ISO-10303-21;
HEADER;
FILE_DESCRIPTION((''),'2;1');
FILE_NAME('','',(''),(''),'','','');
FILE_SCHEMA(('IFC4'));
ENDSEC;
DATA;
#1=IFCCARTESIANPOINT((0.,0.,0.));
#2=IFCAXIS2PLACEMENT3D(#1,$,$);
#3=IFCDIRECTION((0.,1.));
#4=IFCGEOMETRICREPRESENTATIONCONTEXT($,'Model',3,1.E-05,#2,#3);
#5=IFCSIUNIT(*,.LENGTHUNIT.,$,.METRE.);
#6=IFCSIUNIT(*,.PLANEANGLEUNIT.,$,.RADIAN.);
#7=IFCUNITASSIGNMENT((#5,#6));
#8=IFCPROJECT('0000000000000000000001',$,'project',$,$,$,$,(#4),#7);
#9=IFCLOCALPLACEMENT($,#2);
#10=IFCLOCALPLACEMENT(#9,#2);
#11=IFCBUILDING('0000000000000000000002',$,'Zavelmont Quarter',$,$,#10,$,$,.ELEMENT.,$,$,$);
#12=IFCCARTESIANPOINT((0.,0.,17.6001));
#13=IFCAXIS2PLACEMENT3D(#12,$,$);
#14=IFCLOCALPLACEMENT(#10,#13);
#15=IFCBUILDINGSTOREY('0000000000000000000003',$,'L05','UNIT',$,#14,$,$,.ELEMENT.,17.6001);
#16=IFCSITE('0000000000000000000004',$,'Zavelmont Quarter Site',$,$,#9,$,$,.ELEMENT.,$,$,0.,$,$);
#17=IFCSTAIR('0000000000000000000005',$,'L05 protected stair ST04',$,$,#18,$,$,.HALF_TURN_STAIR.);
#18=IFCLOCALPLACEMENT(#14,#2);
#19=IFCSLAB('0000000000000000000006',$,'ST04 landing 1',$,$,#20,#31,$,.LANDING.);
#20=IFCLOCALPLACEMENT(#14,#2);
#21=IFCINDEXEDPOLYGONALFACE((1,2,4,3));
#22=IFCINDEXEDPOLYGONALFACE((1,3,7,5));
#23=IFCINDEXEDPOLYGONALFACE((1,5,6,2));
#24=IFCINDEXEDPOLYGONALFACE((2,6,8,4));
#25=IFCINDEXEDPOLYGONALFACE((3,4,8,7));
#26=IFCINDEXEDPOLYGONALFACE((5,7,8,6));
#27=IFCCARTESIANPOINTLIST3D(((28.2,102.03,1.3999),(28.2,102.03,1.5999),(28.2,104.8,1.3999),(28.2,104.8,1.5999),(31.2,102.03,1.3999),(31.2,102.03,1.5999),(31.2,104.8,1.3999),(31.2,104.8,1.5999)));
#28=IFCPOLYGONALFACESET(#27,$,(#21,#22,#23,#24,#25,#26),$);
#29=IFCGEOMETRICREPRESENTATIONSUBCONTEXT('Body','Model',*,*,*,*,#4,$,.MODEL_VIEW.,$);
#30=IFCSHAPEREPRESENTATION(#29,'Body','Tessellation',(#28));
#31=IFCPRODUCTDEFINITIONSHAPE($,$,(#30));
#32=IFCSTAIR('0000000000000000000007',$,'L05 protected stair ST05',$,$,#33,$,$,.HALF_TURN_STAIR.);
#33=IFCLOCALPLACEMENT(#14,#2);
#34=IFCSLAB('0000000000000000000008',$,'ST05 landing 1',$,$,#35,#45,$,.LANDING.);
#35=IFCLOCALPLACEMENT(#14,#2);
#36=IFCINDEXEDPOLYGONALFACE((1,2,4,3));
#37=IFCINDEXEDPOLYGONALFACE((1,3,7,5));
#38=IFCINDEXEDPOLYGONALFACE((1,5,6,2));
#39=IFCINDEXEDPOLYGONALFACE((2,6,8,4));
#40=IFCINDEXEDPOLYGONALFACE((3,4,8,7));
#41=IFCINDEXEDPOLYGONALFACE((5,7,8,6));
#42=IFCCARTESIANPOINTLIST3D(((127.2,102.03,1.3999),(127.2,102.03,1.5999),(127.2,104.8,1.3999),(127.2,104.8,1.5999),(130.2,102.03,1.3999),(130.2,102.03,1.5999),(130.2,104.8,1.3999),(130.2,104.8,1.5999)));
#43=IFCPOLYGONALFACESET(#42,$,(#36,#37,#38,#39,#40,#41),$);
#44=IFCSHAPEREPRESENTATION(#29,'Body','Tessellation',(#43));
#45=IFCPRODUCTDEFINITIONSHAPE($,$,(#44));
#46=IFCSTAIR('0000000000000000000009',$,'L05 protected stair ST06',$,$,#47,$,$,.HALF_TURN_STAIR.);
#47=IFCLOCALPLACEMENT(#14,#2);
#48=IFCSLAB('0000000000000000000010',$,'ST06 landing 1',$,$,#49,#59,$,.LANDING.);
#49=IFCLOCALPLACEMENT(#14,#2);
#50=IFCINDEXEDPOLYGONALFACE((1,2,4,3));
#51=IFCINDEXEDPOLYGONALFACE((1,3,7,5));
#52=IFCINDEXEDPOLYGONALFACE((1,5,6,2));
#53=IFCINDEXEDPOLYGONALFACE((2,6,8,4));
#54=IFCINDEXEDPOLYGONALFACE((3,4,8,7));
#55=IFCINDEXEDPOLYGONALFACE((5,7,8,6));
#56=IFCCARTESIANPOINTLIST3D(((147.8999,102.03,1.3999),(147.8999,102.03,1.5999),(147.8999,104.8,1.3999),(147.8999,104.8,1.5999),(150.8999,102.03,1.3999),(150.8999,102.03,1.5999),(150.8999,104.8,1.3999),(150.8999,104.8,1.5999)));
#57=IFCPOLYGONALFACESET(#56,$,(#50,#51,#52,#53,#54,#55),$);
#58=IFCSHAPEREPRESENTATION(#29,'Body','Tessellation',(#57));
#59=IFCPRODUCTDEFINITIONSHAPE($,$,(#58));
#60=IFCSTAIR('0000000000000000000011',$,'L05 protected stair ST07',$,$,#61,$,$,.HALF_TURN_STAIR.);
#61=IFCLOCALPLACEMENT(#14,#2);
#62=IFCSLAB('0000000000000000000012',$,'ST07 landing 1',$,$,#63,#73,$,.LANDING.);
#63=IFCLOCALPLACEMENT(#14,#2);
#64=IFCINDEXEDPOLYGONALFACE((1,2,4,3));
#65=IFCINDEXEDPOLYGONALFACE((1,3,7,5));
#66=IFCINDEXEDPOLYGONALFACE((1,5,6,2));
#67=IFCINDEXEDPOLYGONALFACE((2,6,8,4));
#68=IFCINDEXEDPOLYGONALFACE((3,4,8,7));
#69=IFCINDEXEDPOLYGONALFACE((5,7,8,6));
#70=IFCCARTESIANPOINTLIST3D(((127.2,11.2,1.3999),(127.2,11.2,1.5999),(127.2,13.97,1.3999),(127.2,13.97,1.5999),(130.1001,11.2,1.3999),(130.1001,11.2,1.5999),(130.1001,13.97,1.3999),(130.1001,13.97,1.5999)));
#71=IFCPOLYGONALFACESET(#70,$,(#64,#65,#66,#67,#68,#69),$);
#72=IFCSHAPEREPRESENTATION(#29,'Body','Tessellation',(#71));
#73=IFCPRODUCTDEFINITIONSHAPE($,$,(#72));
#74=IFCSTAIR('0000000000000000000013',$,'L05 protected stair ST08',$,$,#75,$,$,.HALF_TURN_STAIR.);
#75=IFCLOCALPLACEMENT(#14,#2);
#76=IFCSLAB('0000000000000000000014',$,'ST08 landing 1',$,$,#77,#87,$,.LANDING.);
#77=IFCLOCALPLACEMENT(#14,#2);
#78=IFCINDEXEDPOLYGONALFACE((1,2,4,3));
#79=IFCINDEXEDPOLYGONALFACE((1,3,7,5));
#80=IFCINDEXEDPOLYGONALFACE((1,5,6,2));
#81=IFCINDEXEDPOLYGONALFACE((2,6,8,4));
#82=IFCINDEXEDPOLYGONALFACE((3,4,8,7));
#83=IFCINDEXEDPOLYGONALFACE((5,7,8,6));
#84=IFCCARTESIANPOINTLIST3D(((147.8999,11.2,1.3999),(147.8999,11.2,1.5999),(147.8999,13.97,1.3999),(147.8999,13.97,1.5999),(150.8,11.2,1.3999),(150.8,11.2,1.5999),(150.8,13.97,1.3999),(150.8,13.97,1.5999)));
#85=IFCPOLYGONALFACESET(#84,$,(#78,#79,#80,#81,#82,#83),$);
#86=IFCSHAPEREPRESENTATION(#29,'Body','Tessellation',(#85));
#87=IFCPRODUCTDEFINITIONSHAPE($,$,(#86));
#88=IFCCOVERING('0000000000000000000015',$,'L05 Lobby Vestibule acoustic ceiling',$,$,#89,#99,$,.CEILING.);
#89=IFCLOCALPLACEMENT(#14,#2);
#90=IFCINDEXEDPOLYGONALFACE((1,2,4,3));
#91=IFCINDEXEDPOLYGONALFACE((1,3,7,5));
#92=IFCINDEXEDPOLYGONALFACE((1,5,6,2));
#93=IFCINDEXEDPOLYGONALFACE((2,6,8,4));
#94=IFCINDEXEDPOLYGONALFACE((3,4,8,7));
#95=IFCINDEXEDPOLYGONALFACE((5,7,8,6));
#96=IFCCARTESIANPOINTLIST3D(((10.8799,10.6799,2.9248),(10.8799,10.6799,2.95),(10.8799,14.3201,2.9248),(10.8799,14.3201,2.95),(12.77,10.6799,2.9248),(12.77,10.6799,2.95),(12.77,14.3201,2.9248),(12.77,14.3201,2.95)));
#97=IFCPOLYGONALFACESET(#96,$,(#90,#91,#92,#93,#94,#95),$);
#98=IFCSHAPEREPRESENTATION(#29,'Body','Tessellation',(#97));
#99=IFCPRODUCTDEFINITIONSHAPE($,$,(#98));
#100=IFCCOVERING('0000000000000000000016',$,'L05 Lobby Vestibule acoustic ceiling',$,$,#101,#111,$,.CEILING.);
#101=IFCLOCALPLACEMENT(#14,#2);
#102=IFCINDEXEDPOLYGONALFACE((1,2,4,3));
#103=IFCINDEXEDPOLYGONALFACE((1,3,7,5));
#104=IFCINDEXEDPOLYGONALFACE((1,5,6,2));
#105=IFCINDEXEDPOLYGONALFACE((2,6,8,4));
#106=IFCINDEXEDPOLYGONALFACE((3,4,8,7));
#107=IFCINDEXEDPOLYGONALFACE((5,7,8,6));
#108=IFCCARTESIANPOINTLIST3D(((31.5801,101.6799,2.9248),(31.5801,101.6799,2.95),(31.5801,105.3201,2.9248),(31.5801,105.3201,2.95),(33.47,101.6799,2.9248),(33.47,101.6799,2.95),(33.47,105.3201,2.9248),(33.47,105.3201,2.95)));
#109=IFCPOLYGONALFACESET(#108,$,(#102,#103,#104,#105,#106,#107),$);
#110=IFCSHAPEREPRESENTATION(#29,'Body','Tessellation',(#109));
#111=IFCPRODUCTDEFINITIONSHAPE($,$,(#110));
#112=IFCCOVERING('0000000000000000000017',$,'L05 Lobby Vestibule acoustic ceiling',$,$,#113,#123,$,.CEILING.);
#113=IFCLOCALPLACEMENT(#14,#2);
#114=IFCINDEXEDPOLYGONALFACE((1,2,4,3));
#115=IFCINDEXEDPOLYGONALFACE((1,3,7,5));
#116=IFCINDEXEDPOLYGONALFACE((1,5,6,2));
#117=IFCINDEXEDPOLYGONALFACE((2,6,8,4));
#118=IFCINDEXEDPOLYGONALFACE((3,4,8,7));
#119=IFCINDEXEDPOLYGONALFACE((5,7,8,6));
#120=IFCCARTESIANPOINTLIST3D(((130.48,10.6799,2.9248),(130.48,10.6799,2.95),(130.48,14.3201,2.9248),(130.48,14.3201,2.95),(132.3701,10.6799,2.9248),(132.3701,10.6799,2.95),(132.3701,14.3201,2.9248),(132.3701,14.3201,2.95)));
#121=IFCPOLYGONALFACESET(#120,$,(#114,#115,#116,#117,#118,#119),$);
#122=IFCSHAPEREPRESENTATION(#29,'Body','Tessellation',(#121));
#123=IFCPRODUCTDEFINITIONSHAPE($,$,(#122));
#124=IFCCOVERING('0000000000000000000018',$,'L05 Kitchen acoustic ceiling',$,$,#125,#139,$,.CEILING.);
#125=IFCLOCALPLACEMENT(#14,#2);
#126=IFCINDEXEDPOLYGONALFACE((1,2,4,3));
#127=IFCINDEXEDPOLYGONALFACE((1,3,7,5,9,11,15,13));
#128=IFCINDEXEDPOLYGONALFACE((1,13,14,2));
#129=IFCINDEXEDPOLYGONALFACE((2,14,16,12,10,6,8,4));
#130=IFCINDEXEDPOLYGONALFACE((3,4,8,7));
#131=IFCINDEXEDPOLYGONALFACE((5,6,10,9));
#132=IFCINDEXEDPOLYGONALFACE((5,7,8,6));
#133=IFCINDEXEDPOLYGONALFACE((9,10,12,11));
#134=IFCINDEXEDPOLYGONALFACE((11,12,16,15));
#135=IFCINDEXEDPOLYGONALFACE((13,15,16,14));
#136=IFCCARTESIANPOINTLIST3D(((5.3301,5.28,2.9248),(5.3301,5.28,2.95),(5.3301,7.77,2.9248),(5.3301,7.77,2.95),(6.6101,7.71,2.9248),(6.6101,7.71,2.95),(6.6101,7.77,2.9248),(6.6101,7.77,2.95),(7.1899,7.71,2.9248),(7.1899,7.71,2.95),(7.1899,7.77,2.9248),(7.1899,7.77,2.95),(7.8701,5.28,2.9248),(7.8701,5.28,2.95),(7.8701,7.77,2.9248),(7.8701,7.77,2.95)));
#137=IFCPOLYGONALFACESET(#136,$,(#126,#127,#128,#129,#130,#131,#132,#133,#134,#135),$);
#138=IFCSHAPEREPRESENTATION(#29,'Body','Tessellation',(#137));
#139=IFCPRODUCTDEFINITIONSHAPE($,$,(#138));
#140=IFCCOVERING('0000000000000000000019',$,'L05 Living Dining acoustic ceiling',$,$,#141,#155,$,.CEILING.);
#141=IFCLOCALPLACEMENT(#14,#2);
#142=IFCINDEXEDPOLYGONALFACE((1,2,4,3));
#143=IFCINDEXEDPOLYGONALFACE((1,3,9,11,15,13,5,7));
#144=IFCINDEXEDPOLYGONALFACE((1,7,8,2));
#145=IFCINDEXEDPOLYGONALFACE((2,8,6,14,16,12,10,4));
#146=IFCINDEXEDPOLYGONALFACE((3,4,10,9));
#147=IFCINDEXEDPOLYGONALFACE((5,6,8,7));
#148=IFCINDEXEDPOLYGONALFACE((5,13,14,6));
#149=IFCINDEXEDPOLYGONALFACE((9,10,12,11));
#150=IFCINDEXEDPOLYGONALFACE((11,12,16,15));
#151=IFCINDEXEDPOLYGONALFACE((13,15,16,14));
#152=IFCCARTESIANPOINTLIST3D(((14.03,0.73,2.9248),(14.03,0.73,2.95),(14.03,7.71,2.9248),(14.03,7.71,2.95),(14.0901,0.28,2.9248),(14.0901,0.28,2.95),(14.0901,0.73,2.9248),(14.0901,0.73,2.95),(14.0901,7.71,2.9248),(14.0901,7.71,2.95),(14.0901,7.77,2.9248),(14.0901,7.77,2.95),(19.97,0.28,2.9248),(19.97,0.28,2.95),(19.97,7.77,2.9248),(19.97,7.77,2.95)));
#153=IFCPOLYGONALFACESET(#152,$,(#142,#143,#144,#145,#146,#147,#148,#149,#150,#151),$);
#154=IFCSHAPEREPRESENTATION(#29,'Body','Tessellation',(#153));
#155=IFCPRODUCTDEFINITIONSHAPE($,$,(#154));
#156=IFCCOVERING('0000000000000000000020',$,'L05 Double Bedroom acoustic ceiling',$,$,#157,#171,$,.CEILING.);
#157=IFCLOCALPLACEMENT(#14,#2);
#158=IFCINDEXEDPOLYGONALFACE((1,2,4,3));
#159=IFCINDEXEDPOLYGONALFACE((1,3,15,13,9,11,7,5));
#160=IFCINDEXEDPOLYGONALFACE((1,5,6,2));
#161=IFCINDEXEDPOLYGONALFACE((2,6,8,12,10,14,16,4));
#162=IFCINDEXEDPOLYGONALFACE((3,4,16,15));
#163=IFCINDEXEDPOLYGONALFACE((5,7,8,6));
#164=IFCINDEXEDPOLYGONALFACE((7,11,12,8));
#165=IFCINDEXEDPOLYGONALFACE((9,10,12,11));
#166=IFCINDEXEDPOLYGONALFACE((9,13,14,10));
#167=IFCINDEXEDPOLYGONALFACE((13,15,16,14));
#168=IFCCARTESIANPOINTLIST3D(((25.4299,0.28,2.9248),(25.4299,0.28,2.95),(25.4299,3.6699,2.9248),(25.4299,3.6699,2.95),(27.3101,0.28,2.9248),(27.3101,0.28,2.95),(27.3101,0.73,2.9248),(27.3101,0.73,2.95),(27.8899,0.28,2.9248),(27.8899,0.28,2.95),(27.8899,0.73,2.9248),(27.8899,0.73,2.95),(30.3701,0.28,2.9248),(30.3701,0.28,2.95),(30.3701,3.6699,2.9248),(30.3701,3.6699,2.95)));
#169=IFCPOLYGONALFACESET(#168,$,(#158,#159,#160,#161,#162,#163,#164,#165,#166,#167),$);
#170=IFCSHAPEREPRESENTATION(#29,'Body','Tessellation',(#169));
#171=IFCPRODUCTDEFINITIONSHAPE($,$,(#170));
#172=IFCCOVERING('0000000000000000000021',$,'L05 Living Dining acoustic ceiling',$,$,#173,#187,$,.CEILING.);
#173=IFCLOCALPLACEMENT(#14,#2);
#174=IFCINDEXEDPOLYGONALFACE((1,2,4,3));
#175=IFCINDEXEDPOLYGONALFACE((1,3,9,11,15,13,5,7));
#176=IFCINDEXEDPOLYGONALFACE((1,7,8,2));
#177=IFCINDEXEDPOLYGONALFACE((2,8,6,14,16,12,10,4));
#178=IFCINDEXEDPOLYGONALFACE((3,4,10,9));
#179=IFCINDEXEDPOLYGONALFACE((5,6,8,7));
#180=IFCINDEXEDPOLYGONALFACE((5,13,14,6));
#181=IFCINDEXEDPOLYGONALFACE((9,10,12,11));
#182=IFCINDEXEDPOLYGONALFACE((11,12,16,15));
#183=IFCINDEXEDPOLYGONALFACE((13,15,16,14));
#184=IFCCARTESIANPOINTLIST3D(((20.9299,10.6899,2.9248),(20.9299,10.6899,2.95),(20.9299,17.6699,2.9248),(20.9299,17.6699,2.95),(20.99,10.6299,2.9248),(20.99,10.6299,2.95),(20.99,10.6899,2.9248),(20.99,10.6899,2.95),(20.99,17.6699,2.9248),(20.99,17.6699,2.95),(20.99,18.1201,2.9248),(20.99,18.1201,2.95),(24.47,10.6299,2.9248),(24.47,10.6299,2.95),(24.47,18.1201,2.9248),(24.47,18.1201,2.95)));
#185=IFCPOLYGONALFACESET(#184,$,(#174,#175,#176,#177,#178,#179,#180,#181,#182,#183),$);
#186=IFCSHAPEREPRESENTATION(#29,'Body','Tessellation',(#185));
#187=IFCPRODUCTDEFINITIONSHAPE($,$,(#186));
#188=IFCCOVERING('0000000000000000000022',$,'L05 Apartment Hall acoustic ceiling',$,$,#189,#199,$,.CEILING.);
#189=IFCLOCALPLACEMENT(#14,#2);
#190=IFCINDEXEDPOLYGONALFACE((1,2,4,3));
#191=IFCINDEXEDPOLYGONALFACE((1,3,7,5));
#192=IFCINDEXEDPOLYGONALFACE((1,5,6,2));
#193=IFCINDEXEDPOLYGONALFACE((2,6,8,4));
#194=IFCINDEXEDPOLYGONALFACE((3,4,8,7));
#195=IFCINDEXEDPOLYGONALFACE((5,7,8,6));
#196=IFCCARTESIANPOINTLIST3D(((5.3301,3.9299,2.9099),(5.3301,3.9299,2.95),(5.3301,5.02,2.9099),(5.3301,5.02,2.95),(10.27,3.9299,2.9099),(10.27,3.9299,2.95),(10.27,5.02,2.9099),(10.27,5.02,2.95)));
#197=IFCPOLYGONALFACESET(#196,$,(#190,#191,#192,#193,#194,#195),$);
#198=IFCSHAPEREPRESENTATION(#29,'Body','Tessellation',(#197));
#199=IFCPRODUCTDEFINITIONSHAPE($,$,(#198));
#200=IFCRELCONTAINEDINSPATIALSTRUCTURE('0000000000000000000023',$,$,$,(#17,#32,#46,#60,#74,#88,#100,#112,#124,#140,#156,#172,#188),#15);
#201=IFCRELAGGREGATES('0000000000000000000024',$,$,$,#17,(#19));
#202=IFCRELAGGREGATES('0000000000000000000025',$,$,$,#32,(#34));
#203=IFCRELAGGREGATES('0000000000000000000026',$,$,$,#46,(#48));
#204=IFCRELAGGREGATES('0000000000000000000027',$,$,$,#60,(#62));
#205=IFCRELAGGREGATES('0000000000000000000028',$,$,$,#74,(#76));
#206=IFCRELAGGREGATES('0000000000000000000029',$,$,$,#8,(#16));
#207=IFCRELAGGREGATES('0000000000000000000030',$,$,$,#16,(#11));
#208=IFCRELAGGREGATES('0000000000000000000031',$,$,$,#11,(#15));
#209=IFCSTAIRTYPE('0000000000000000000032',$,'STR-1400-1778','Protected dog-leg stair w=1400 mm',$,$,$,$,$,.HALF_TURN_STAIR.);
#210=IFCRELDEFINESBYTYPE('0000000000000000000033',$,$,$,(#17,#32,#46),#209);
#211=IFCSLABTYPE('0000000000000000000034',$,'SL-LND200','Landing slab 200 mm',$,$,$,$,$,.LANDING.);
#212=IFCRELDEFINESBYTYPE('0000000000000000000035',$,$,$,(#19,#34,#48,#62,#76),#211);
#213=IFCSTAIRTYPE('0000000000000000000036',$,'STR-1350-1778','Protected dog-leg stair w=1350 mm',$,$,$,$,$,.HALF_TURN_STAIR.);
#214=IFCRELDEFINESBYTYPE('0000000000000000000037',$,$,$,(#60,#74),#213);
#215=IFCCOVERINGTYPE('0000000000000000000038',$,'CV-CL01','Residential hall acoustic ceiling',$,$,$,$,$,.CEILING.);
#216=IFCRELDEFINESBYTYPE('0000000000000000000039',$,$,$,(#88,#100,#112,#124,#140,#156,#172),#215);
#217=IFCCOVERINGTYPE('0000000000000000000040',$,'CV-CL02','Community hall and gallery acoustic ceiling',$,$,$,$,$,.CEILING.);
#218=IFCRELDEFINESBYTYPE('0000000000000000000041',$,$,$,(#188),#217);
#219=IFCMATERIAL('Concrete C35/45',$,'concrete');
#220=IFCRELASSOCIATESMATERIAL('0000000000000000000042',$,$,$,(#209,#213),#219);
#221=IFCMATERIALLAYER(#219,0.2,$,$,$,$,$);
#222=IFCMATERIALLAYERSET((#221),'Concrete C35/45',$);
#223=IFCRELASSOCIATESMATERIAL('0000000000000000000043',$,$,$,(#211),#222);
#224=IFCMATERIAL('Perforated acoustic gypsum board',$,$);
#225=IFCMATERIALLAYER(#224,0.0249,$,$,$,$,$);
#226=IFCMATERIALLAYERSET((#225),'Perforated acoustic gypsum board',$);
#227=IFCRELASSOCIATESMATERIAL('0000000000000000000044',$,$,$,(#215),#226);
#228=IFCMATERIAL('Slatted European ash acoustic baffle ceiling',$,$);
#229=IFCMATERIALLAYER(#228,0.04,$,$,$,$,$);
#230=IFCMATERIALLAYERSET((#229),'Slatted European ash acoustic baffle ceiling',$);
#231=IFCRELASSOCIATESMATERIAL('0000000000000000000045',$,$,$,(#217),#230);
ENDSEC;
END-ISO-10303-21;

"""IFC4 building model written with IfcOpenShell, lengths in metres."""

from ifc_helpers import new_model, si_unit, direction, frame, origin, place, context, subcontext, project, spatial, polyline, outline, extrude, material, layer, layer_set, type_object, element, aggregate, save


model = new_model("IFC4")

# Units and contexts
model_context = context("Model", 3, precision=1e-05, world=origin(), true_north=direction((0.0, 1.0)))
body_context = subcontext(model_context, "Body", "Model", "MODEL_VIEW")
ifc_project = project(units=[si_unit("LENGTHUNIT", "METRE"), si_unit("PLANEANGLEUNIT", "RADIAN")], contexts=[model_context])

# Site, building, storey
site_placement = place(None, origin())
site = spatial("IfcSite", under=ifc_project, at=site_placement, Name="Zavelmont Quarter Site", CompositionType="ELEMENT", RefElevation=0.0)
building_placement = place(site_placement, origin())
building = spatial("IfcBuilding", under=site, at=building_placement, Name="Zavelmont Quarter", CompositionType="ELEMENT")
storey_placement = place(building_placement, frame((0.0, 0.0, 17.6001)))
storey = spatial("IfcBuildingStorey", under=building, at=storey_placement, Name="L05", Description="UNIT", CompositionType="ELEMENT", Elevation=17.6001)

# Stairs, slabs
ifc_material_1 = material(Name="Concrete C35/45", Category="concrete")
stair_type_1 = type_object("IfcStairType", Name="STR-1400-1778", Description="Protected dog-leg stair w=1400 mm", PredefinedType="HALF_TURN_STAIR", material=ifc_material_1)
stair_1_placement = place(storey_placement, origin())
stair_1 = element("IfcStair", 1, at=stair_1_placement, inside=storey, type_object=stair_type_1, Name="L05 protected stair ST04", PredefinedType="HALF_TURN_STAIR")
ifc_layer_1 = layer(ifc_material_1, 0.2)
ifc_layer_set_1 = layer_set([ifc_layer_1], Name="Concrete C35/45")
slab_type = type_object("IfcSlabType", Name="SL-LND200", Description="Landing slab 200 mm", PredefinedType="LANDING", material=ifc_layer_set_1)
slab_1_placement = place(storey_placement, frame((0.0, 0.0, 1.3999)))
slab_1 = element("IfcSlab", 2, at=slab_1_placement, type_object=slab_type, Name="ST04 landing 1", PredefinedType="LANDING", context=body_context, shape_type="SweptSolid", body=[
    extrude(outline(polyline([(31.2, 102.03), (31.2, 104.8), (28.2, 104.8), (28.2, 102.03), (31.2, 102.03)])), origin(), (0.0, 0.0, 1.0), 0.2),
])
aggregate(stair_1, [slab_1])
stair_2_placement = place(storey_placement, origin())
stair_2 = element("IfcStair", 3, at=stair_2_placement, inside=storey, type_object=stair_type_1, Name="L05 protected stair ST05", PredefinedType="HALF_TURN_STAIR")
slab_2_placement = place(storey_placement, frame((0.0, 0.0, 1.3999)))
slab_2 = element("IfcSlab", 4, at=slab_2_placement, type_object=slab_type, Name="ST05 landing 1", PredefinedType="LANDING", context=body_context, shape_type="SweptSolid", body=[
    extrude(outline(polyline([(130.2, 102.03), (130.2, 104.8), (127.2, 104.8), (127.2, 102.03), (130.2, 102.03)])), origin(), (0.0, 0.0, 1.0), 0.2),
])
aggregate(stair_2, [slab_2])
stair_3_placement = place(storey_placement, origin())
stair_3 = element("IfcStair", 5, at=stair_3_placement, inside=storey, type_object=stair_type_1, Name="L05 protected stair ST06", PredefinedType="HALF_TURN_STAIR")
slab_3_placement = place(storey_placement, frame((0.0, 0.0, 1.3999)))
slab_3 = element("IfcSlab", 6, at=slab_3_placement, type_object=slab_type, Name="ST06 landing 1", PredefinedType="LANDING", context=body_context, shape_type="SweptSolid", body=[
    extrude(outline(polyline([(150.8999, 102.03), (150.8999, 104.8), (147.8999, 104.8), (147.8999, 102.03), (150.8999, 102.03)])), origin(), (0.0, 0.0, 1.0), 0.2),
])
aggregate(stair_3, [slab_3])
stair_type_2 = type_object("IfcStairType", Name="STR-1350-1778", Description="Protected dog-leg stair w=1350 mm", PredefinedType="HALF_TURN_STAIR", material=ifc_material_1)
stair_4_placement = place(storey_placement, origin())
stair_4 = element("IfcStair", 7, at=stair_4_placement, inside=storey, type_object=stair_type_2, Name="L05 protected stair ST07", PredefinedType="HALF_TURN_STAIR")
slab_4_placement = place(storey_placement, frame((0.0, 0.0, 1.3999)))
slab_4 = element("IfcSlab", 8, at=slab_4_placement, type_object=slab_type, Name="ST07 landing 1", PredefinedType="LANDING", context=body_context, shape_type="SweptSolid", body=[
    extrude(outline(polyline([(127.2, 13.97), (127.2, 11.2), (130.1001, 11.2), (130.1001, 13.97), (127.2, 13.97)])), origin(), (0.0, 0.0, 1.0), 0.2),
])
aggregate(stair_4, [slab_4])
stair_5_placement = place(storey_placement, origin())
stair_5 = element("IfcStair", 9, at=stair_5_placement, inside=storey, type_object=stair_type_2, Name="L05 protected stair ST08", PredefinedType="HALF_TURN_STAIR")
slab_5_placement = place(storey_placement, frame((0.0, 0.0, 1.3999)))
slab_5 = element("IfcSlab", 10, at=slab_5_placement, type_object=slab_type, Name="ST08 landing 1", PredefinedType="LANDING", context=body_context, shape_type="SweptSolid", body=[
    extrude(outline(polyline([(147.8999, 13.97), (147.8999, 11.2), (150.8, 11.2), (150.8, 13.97), (147.8999, 13.97)])), origin(), (0.0, 0.0, 1.0), 0.2),
])
aggregate(stair_5, [slab_5])

# Coverings
ifc_material_2 = material(Name="Perforated acoustic gypsum board")
ifc_layer_2 = layer(ifc_material_2, 0.0249)
ifc_layer_set_2 = layer_set([ifc_layer_2], Name="Perforated acoustic gypsum board")
covering_type_1 = type_object("IfcCoveringType", Name="CV-CL01", Description="Residential hall acoustic ceiling", PredefinedType="CEILING", material=ifc_layer_set_2)
covering_1_placement = place(storey_placement, frame((0.0, 0.0, 2.9248)))
element("IfcCovering", 11, at=covering_1_placement, inside=storey, type_object=covering_type_1, Name="L05 Lobby Vestibule acoustic ceiling", PredefinedType="CEILING", context=body_context, shape_type="SweptSolid", body=[
    extrude(outline(polyline([(10.8799, 14.3201), (12.77, 14.3201), (12.77, 10.6799), (10.8799, 10.6799), (10.8799, 14.3201)])), origin(), (0.0, 0.0, 1.0), 0.0251),
])
covering_2_placement = place(storey_placement, frame((0.0, 0.0, 2.9248)))
element("IfcCovering", 12, at=covering_2_placement, inside=storey, type_object=covering_type_1, Name="L05 Lobby Vestibule acoustic ceiling", PredefinedType="CEILING", context=body_context, shape_type="SweptSolid", body=[
    extrude(outline(polyline([(31.5801, 105.3201), (33.47, 105.3201), (33.47, 101.6799), (31.5801, 101.6799), (31.5801, 105.3201)])), origin(), (0.0, 0.0, 1.0), 0.0251),
])
covering_3_placement = place(storey_placement, frame((0.0, 0.0, 2.9248)))
element("IfcCovering", 13, at=covering_3_placement, inside=storey, type_object=covering_type_1, Name="L05 Lobby Vestibule acoustic ceiling", PredefinedType="CEILING", context=body_context, shape_type="SweptSolid", body=[
    extrude(outline(polyline([(130.48, 14.3201), (132.3701, 14.3201), (132.3701, 10.6799), (130.48, 10.6799), (130.48, 14.3201)])), origin(), (0.0, 0.0, 1.0), 0.0251),
])
covering_4_placement = place(storey_placement, frame((0.0, 0.0, 2.9248)))
element("IfcCovering", 14, at=covering_4_placement, inside=storey, type_object=covering_type_1, Name="L05 Kitchen acoustic ceiling", PredefinedType="CEILING", context=body_context, shape_type="SweptSolid", body=[
    extrude(outline(polyline([(5.3301, 7.77), (6.6101, 7.77), (6.6101, 7.71), (7.1899, 7.71), (7.1899, 7.77), (7.8701, 7.77), (7.8701, 5.28), (5.3301, 5.28), (5.3301, 7.77)])), origin(), (0.0, 0.0, 1.0), 0.0251),
])
covering_5_placement = place(storey_placement, frame((0.0, 0.0, 2.9248)))
element("IfcCovering", 15, at=covering_5_placement, inside=storey, type_object=covering_type_1, Name="L05 Living Dining acoustic ceiling", PredefinedType="CEILING", context=body_context, shape_type="SweptSolid", body=[
    extrude(outline(polyline([(14.03, 7.71), (14.0901, 7.71), (14.0901, 7.77), (19.97, 7.77), (19.97, 0.28), (14.0901, 0.28), (14.0901, 0.73), (14.03, 0.73), (14.03, 7.71)])), origin(), (0.0, 0.0, 1.0), 0.0251),
])
covering_6_placement = place(storey_placement, frame((0.0, 0.0, 2.9248)))
element("IfcCovering", 16, at=covering_6_placement, inside=storey, type_object=covering_type_1, Name="L05 Double Bedroom acoustic ceiling", PredefinedType="CEILING", context=body_context, shape_type="SweptSolid", body=[
    extrude(outline(polyline([(25.4299, 3.6699), (30.3701, 3.6699), (30.3701, 0.28), (27.8899, 0.28), (27.8899, 0.73), (27.3101, 0.73), (27.3101, 0.28), (25.4299, 0.28), (25.4299, 3.6699)])), origin(), (0.0, 0.0, 1.0), 0.0251),
])
covering_7_placement = place(storey_placement, frame((0.0, 0.0, 2.9248)))
element("IfcCovering", 17, at=covering_7_placement, inside=storey, type_object=covering_type_1, Name="L05 Living Dining acoustic ceiling", PredefinedType="CEILING", context=body_context, shape_type="SweptSolid", body=[
    extrude(outline(polyline([(20.9299, 17.6699), (20.99, 17.6699), (20.99, 18.1201), (24.47, 18.1201), (24.47, 10.6299), (20.99, 10.6299), (20.99, 10.6899), (20.9299, 10.6899), (20.9299, 17.6699)])), origin(), (0.0, 0.0, 1.0), 0.0251),
])
ifc_material_3 = material(Name="Slatted European ash acoustic baffle ceiling")
ifc_layer_3 = layer(ifc_material_3, 0.04)
ifc_layer_set_3 = layer_set([ifc_layer_3], Name="Slatted European ash acoustic baffle ceiling")
covering_type_2 = type_object("IfcCoveringType", Name="CV-CL02", Description="Community hall and gallery acoustic ceiling", PredefinedType="CEILING", material=ifc_layer_set_3)
covering_8_placement = place(storey_placement, frame((0.0, 0.0, 2.9099)))
element("IfcCovering", 18, at=covering_8_placement, inside=storey, type_object=covering_type_2, Name="L05 Apartment Hall acoustic ceiling", PredefinedType="CEILING", context=body_context, shape_type="SweptSolid", body=[
    extrude(outline(polyline([(5.3301, 5.02), (10.27, 5.02), (10.27, 3.9299), (5.3301, 3.9299), (5.3301, 5.02)])), origin(), (0.0, 0.0, 1.0), 0.04),
])

save(model, "model.ifc")
